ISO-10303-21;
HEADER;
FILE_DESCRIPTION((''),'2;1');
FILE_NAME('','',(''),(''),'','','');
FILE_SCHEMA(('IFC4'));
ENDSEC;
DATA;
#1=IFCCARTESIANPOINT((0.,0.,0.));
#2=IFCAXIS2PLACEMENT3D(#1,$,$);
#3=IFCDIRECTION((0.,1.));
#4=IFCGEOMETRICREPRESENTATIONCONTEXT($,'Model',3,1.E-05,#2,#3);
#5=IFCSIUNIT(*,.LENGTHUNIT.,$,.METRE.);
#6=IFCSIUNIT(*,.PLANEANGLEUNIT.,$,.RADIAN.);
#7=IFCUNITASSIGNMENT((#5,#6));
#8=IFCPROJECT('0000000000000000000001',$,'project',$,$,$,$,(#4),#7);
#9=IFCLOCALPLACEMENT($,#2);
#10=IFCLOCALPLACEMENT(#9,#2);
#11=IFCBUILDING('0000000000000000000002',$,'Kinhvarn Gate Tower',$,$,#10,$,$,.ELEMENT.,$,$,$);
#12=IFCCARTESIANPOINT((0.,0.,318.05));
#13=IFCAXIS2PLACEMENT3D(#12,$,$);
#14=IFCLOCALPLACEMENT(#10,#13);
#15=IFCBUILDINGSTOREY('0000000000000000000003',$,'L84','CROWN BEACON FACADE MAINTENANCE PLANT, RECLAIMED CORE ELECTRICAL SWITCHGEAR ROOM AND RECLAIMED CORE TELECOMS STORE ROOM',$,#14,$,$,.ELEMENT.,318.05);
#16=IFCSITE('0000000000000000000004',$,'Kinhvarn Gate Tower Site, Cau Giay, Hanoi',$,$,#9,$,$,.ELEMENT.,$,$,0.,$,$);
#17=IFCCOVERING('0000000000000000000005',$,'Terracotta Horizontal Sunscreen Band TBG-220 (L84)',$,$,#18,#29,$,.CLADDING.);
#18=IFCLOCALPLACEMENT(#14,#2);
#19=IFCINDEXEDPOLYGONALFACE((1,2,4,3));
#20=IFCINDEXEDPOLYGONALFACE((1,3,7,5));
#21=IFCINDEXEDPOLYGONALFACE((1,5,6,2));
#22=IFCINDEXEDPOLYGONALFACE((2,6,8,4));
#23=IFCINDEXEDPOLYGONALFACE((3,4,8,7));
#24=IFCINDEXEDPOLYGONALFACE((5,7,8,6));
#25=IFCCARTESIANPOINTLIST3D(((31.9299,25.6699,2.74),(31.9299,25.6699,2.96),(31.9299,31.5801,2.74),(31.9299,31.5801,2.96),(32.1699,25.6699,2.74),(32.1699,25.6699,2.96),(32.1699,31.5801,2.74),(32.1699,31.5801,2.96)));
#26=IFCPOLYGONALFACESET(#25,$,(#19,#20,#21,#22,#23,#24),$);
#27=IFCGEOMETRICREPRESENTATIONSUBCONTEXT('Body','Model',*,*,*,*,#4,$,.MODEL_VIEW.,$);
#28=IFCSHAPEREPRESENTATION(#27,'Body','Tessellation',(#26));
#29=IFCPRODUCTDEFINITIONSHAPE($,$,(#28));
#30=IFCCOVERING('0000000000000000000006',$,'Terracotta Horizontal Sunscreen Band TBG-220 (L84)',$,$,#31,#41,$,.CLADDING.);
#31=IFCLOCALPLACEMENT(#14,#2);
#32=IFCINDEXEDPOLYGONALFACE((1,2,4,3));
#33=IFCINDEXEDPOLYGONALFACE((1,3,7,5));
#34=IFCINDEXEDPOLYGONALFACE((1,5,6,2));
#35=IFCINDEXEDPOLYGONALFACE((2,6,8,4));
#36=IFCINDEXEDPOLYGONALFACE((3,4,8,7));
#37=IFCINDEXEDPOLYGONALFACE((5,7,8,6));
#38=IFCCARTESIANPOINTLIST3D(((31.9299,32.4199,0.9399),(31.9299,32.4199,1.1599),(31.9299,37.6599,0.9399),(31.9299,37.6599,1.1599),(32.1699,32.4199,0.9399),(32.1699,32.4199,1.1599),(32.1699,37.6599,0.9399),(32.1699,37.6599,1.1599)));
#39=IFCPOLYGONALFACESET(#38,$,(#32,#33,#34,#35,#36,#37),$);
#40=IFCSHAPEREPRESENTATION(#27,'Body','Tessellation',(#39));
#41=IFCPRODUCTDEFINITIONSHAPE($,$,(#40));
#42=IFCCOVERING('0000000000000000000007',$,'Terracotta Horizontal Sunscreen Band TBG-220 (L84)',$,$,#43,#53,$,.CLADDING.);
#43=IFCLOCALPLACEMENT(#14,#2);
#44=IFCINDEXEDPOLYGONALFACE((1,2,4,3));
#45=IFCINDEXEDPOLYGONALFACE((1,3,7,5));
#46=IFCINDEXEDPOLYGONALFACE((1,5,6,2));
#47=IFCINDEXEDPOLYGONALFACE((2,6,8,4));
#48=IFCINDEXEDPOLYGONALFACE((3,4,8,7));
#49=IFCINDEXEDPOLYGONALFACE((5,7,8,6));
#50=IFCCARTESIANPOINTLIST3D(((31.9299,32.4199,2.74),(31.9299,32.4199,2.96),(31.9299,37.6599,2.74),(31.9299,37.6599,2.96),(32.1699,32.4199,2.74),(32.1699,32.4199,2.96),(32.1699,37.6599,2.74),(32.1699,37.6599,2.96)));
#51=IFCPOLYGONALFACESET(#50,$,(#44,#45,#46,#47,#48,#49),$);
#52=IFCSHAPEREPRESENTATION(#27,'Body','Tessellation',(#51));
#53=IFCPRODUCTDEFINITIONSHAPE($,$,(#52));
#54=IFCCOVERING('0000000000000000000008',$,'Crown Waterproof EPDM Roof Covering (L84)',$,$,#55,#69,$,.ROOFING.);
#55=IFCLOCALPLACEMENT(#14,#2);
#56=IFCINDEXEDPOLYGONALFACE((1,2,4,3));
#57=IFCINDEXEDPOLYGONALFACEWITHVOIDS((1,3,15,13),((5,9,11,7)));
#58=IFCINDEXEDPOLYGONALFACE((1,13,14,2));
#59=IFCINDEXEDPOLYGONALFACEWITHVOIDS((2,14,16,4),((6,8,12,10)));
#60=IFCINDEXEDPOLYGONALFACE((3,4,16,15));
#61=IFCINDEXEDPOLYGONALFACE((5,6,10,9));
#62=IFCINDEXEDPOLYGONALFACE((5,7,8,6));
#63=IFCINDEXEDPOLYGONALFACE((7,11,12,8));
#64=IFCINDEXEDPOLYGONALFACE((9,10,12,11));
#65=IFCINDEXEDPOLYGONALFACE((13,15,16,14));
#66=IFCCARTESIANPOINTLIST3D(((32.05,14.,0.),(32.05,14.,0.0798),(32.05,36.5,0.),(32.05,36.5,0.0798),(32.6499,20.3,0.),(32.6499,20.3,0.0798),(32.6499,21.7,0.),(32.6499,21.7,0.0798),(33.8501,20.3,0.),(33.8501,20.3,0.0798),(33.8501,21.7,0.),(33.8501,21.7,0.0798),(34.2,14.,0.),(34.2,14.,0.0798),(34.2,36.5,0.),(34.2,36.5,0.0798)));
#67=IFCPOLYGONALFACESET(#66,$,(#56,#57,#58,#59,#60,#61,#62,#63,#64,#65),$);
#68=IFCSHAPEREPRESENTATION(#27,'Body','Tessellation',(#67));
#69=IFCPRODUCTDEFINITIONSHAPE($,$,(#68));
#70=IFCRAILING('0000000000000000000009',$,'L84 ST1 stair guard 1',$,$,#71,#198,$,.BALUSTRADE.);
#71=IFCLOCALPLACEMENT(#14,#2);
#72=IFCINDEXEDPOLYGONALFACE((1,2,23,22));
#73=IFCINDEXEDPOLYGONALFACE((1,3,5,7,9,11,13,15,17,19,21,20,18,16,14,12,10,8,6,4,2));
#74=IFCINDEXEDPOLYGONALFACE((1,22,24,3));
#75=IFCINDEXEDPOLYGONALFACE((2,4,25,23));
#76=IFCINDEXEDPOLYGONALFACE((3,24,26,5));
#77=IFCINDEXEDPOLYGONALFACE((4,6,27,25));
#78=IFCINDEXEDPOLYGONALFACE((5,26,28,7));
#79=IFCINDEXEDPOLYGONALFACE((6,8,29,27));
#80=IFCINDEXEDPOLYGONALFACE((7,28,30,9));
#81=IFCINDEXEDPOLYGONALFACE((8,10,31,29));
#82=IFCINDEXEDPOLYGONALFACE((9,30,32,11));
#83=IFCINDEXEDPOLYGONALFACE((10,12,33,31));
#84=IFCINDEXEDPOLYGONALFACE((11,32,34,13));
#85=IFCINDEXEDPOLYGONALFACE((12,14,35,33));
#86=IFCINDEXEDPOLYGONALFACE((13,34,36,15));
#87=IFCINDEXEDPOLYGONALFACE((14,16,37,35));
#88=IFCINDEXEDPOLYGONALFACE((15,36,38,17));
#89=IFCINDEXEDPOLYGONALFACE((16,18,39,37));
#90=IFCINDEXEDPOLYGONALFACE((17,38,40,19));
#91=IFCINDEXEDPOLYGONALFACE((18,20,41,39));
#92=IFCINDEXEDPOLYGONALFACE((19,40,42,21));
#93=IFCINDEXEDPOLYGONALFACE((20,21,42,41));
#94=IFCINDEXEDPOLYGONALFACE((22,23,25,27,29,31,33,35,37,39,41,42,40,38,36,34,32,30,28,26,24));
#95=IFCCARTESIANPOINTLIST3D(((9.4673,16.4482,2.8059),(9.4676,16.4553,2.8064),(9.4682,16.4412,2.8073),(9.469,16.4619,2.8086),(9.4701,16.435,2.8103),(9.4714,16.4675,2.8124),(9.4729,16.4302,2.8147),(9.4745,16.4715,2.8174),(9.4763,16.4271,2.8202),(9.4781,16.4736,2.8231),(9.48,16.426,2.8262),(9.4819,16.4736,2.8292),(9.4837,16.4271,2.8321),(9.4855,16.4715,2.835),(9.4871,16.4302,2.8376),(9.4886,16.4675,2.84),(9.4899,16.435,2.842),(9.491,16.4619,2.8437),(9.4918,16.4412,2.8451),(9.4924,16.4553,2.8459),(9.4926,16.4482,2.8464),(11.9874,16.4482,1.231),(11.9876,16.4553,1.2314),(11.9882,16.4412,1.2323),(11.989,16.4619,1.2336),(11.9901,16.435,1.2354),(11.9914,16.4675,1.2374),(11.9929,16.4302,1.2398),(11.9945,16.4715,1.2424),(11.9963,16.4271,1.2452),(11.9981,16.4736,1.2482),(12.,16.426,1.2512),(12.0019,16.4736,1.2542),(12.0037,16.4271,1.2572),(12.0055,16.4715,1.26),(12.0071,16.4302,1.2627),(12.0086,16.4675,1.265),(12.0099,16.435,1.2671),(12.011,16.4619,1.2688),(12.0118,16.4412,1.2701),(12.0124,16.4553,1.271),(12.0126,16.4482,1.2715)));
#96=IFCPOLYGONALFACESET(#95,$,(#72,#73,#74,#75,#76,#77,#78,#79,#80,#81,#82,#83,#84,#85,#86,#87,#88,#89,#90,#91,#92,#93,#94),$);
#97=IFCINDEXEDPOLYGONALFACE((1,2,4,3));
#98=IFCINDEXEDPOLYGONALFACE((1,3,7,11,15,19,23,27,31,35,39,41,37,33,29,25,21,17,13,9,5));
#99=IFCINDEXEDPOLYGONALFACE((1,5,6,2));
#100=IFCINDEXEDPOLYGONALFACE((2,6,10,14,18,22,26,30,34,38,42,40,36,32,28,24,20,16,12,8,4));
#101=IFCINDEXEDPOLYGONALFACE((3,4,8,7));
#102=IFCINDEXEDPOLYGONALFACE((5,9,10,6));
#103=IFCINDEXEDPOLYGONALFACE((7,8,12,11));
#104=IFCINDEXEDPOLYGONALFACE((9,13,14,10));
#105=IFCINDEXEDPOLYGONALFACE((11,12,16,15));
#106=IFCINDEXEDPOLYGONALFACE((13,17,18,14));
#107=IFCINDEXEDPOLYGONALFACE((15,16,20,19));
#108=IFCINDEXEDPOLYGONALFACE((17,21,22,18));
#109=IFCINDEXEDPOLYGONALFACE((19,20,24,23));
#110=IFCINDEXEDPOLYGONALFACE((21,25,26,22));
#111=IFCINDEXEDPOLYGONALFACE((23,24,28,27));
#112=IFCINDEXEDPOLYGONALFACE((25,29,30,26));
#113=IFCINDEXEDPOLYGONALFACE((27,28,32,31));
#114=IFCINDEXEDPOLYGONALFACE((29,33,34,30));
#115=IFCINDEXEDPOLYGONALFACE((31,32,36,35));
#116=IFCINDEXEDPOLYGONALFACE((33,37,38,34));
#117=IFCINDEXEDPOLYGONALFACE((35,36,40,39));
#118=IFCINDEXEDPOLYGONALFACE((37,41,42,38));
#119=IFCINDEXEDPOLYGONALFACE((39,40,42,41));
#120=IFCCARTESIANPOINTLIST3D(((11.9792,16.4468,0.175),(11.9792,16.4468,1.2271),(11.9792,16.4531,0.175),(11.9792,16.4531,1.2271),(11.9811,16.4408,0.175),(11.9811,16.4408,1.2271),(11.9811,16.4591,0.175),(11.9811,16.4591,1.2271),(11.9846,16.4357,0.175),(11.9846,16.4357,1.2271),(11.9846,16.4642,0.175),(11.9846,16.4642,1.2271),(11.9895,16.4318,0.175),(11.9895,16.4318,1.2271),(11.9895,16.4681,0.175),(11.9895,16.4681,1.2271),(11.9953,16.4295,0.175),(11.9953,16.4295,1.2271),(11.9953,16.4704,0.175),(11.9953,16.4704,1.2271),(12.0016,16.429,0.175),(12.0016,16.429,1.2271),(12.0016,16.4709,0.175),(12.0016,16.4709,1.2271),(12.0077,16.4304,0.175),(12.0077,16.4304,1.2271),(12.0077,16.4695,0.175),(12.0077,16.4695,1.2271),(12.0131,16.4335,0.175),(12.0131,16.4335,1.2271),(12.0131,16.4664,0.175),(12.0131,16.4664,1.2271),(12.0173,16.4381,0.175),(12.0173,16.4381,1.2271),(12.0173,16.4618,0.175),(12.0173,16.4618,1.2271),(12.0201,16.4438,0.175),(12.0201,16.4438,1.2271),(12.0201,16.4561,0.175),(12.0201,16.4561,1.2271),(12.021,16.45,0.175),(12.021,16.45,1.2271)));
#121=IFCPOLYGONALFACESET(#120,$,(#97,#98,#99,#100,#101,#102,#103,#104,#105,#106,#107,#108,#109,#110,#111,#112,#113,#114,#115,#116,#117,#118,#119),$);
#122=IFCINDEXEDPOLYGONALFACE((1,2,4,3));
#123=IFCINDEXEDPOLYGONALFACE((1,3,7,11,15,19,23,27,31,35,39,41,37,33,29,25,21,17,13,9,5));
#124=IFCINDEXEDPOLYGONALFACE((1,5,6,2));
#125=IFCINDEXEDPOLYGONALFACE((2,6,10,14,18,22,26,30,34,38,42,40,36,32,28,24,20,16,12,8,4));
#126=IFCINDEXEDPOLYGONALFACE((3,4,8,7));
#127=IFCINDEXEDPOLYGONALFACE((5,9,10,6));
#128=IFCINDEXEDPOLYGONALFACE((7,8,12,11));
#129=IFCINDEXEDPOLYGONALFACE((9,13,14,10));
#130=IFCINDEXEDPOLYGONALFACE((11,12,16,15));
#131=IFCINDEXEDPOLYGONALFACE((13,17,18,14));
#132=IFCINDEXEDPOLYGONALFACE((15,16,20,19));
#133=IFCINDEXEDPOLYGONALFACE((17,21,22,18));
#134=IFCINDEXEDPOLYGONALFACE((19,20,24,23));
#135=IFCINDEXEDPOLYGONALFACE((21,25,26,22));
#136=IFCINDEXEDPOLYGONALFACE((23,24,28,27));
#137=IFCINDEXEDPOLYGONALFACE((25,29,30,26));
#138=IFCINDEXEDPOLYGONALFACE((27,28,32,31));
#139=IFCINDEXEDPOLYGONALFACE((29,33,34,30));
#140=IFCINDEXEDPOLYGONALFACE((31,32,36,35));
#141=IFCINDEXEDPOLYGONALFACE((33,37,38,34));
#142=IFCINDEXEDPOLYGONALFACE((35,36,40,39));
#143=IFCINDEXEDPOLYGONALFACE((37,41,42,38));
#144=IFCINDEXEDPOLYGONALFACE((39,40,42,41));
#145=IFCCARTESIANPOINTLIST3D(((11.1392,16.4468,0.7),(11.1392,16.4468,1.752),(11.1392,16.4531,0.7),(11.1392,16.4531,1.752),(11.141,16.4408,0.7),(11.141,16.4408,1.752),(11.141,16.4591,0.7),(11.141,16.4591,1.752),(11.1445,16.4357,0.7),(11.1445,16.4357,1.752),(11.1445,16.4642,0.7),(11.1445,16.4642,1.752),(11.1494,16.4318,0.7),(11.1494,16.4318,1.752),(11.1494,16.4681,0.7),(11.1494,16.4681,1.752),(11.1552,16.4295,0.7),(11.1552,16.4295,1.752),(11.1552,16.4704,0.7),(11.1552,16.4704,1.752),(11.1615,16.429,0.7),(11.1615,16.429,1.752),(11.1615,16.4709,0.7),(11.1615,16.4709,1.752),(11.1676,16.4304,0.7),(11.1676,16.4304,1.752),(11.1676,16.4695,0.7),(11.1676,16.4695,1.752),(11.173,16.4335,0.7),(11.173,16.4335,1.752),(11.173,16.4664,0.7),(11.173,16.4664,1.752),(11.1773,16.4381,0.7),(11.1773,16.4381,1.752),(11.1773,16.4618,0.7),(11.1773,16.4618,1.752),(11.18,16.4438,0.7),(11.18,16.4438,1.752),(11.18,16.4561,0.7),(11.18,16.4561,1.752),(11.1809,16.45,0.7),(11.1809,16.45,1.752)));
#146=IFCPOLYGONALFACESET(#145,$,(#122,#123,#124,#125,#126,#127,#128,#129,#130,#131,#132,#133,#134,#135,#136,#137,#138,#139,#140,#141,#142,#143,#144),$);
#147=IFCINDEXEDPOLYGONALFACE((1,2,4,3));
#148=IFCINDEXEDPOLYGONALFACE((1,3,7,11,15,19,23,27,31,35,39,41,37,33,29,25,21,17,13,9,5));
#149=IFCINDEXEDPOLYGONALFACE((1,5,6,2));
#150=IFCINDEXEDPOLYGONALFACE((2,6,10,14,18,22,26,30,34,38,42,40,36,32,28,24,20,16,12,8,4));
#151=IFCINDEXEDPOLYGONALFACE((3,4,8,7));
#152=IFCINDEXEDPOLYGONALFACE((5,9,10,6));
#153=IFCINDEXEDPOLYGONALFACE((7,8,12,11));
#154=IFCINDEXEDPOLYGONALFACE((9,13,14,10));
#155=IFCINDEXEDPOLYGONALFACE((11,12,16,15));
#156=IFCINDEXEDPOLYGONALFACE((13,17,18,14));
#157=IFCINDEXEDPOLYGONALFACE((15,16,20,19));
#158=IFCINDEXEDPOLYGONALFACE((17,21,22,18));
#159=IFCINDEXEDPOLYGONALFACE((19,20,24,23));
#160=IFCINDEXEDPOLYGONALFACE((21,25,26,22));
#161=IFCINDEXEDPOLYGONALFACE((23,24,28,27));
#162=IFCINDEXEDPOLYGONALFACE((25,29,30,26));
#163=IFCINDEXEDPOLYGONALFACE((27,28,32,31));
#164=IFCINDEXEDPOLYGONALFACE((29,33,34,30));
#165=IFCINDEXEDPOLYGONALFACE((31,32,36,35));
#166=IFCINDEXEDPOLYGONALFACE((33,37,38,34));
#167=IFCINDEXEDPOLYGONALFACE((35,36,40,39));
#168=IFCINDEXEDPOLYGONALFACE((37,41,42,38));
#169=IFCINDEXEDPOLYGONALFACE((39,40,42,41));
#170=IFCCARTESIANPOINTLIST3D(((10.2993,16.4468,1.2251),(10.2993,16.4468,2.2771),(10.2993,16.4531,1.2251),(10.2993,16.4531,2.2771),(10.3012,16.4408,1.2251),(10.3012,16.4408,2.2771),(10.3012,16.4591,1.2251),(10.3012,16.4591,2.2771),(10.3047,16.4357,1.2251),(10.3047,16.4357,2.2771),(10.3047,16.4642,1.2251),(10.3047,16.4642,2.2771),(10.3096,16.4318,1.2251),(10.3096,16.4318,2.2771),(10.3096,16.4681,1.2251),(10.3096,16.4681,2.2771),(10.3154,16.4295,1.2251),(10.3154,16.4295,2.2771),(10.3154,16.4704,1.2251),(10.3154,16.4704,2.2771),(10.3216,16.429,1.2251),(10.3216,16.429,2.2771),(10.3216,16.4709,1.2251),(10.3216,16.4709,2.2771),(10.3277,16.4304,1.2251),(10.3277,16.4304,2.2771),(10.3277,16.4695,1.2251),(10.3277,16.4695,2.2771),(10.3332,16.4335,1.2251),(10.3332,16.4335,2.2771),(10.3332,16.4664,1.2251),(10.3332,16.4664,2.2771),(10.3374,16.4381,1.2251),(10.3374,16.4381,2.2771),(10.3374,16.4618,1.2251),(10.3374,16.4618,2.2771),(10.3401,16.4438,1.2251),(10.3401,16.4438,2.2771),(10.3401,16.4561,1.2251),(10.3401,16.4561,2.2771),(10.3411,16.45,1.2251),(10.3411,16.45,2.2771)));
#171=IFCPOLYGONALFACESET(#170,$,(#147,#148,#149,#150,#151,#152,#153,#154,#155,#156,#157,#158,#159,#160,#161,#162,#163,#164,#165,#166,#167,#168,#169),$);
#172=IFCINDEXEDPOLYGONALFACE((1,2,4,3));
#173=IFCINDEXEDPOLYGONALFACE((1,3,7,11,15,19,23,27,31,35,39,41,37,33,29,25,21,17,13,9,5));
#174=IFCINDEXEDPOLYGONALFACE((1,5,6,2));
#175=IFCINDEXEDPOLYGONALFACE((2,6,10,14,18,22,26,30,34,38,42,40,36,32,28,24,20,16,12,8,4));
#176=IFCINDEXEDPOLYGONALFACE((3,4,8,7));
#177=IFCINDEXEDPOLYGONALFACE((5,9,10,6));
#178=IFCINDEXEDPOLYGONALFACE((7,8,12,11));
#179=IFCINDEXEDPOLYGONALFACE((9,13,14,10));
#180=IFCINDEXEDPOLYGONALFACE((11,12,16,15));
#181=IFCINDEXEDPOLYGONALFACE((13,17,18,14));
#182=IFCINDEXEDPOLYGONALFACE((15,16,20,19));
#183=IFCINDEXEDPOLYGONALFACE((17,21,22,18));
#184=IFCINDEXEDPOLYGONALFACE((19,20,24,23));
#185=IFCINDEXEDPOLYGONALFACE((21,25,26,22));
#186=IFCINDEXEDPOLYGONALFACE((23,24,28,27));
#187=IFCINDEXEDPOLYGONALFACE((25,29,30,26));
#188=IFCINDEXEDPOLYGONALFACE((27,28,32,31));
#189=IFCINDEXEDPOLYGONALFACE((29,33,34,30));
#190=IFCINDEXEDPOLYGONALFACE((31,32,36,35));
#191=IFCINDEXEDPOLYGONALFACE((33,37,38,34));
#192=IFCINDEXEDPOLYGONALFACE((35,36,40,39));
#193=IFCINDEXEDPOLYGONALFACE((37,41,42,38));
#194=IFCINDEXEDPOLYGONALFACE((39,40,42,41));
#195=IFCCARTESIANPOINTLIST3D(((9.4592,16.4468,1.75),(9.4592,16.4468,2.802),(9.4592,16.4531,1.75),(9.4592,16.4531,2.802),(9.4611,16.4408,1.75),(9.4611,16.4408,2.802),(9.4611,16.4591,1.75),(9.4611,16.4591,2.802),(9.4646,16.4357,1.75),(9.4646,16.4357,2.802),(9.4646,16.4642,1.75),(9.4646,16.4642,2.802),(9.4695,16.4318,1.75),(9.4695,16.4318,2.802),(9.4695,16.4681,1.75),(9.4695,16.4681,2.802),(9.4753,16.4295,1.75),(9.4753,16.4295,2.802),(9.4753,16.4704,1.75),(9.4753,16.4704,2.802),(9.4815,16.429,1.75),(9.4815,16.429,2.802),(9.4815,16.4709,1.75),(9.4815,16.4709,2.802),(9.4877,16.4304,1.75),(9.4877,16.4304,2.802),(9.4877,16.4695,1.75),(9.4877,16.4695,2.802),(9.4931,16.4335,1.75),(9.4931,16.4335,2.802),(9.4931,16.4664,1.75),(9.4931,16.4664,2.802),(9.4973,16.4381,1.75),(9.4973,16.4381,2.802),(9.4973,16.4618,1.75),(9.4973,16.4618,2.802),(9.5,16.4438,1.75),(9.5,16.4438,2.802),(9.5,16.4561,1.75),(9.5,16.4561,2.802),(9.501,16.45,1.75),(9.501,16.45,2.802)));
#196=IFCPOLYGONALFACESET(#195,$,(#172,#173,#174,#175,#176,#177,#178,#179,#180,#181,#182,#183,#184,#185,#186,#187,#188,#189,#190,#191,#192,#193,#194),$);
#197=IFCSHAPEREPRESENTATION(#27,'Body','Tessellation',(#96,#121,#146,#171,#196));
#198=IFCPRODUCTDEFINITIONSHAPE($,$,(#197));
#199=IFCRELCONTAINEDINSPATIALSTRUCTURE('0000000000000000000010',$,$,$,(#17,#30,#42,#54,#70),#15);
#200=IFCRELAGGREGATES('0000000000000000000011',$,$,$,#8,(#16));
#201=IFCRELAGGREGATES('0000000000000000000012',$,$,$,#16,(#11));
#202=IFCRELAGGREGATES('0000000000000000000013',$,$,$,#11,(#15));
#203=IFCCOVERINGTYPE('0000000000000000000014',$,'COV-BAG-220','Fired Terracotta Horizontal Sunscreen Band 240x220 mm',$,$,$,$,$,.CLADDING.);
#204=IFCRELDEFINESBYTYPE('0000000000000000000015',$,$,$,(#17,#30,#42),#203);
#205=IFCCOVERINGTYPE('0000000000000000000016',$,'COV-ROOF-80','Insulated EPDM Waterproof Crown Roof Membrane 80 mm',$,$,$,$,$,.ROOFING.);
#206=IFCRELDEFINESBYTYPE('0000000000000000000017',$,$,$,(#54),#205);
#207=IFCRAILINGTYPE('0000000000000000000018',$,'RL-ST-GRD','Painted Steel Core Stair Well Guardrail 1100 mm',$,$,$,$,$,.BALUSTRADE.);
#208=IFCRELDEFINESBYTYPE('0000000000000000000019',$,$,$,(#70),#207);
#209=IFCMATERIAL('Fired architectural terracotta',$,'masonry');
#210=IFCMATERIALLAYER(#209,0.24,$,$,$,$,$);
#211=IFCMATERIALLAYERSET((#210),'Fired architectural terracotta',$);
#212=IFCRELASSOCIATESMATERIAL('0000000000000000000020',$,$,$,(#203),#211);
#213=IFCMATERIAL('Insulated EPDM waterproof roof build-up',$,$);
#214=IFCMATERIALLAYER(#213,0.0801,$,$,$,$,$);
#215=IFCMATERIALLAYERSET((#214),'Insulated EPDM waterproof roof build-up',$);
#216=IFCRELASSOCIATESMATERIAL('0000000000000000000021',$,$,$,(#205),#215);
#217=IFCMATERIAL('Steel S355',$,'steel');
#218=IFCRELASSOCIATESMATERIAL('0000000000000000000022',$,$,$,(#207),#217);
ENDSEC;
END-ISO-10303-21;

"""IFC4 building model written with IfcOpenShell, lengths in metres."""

from ifc_helpers import new_model, si_unit, direction, frame, origin, origin_2d, place, context, subcontext, project, spatial, polyline, circle, outline, extrude, material, layer, layer_set, type_object, element, save


model = new_model("IFC4")

# Units and contexts
model_context = context("Model", 3, precision=1e-05, world=origin(), true_north=direction((0.0, 1.0)))
body_context = subcontext(model_context, "Body", "Model", "MODEL_VIEW")
ifc_project = project(units=[si_unit("LENGTHUNIT", "METRE"), si_unit("PLANEANGLEUNIT", "RADIAN")], contexts=[model_context])

# Site, building, storey
site_placement = place(None, origin())
site = spatial("IfcSite", under=ifc_project, at=site_placement, Name="Kinhvarn Gate Tower Site, Cau Giay, Hanoi", CompositionType="ELEMENT", RefElevation=0.0)
building_placement = place(site_placement, origin())
building = spatial("IfcBuilding", under=site, at=building_placement, Name="Kinhvarn Gate Tower", CompositionType="ELEMENT")
storey_placement = place(building_placement, frame((0.0, 0.0, 318.05)))
storey = spatial("IfcBuildingStorey", under=building, at=storey_placement, Name="L84", Description="CROWN BEACON FACADE MAINTENANCE PLANT, RECLAIMED CORE ELECTRICAL SWITCHGEAR ROOM AND RECLAIMED CORE TELECOMS STORE ROOM", CompositionType="ELEMENT", Elevation=318.05)

# Shared definitions
ifc_material_1 = material(Name="Fired architectural terracotta", Category="masonry")

# Coverings
ifc_layer_1 = layer(ifc_material_1, 0.24)
ifc_layer_set_1 = layer_set([ifc_layer_1], Name="Fired architectural terracotta")
covering_type_1 = type_object("IfcCoveringType", Name="COV-BAG-220", Description="Fired Terracotta Horizontal Sunscreen Band 240x220 mm", PredefinedType="CLADDING", material=ifc_layer_set_1)
for number, where, name in (
    (1, (0.0, 0.0, 2.74), "Terracotta Horizontal Sunscreen Band TBG-220 (L84)"),
):
    element("IfcCovering", number, at=place(storey_placement, frame(where)), inside=storey, type_object=covering_type_1, Name=name, PredefinedType="CLADDING", context=body_context, shape_type="SweptSolid", body=[
        extrude(outline(polyline([(31.9299, 25.6699), (31.9299, 31.5801), (32.1699, 31.5801), (32.1699, 25.6699), (31.9299, 25.6699)])), origin(), (0.0, 0.0, 1.0), 0.22),
    ])
for number, where, name in (
    (2, (0.0, 0.0, 0.9399), "Terracotta Horizontal Sunscreen Band TBG-220 (L84)"),
    (3, (0.0, 0.0, 2.74), "Terracotta Horizontal Sunscreen Band TBG-220 (L84)"),
):
    element("IfcCovering", number, at=place(storey_placement, frame(where)), inside=storey, type_object=covering_type_1, Name=name, PredefinedType="CLADDING", context=body_context, shape_type="SweptSolid", body=[
        extrude(outline(polyline([(31.9299, 32.4199), (31.9299, 37.6599), (32.1699, 37.6599), (32.1699, 32.4199), (31.9299, 32.4199)])), origin(), (0.0, 0.0, 1.0), 0.22),
    ])
ifc_material_2 = material(Name="Insulated EPDM waterproof roof build-up")
ifc_layer_2 = layer(ifc_material_2, 0.0801)
ifc_layer_set_2 = layer_set([ifc_layer_2], Name="Insulated EPDM waterproof roof build-up")
covering_type_2 = type_object("IfcCoveringType", Name="COV-ROOF-80", Description="Insulated EPDM Waterproof Crown Roof Membrane 80 mm", PredefinedType="ROOFING", material=ifc_layer_set_2)
covering_placement = place(storey_placement, origin())
element("IfcCovering", 4, at=covering_placement, inside=storey, type_object=covering_type_2, Name="Crown Waterproof EPDM Roof Covering (L84)", PredefinedType="ROOFING", context=body_context, shape_type="SweptSolid", body=[
    extrude(outline(polyline([(32.05, 14.0), (32.05, 36.5), (34.2, 36.5), (34.2, 14.0), (32.05, 14.0)]), holes=[polyline([(33.8501, 21.7), (32.6499, 21.7), (32.6499, 20.3), (33.8501, 20.3), (33.8501, 21.7)])]), origin(), (0.0, 0.0, 1.0), 0.0798),
])

# Railing
ifc_material_3 = material(Name="Steel S355", Category="steel")
railing_type_1 = type_object("IfcRailingType", Name="RL-ST-GRD", Description="Painted Steel Core Stair Well Guardrail 1100 mm", PredefinedType="BALUSTRADE", material=ifc_material_3)
railing_1_placement = place(storey_placement, frame((12.0, 16.45, 0.175)))
element("IfcRailing", 5, at=railing_1_placement, inside=storey, type_object=railing_type_1, Name="L84 ST1 stair guard 1", PredefinedType="BALUSTRADE", context=body_context, shape_type="SweptSolid", body=[
    extrude(circle(Radius=0.0239, at=origin_2d()), frame((0.0, 0.0, 1.0762), z_axis=(-0.848008, 0.0, 0.529984), x_axis=(0.0, -1.0, 0.0)), (0.0, 0.0, 1.0), 2.9717),
    extrude(circle(Radius=0.021, at=origin_2d()), origin(), (0.0, 0.0, 1.0), 1.052),
    extrude(circle(Radius=0.021, at=origin_2d()), frame((-0.8401, 0.0, 0.5249)), (0.0, 0.0, 1.0), 1.052),
    extrude(circle(Radius=0.021, at=origin_2d()), frame((-1.6799, 0.0, 1.05)), (0.0, 0.0, 1.0), 1.052),
    extrude(circle(Radius=0.021, at=origin_2d()), frame((-2.52, 0.0, 1.575)), (0.0, 0.0, 1.0), 1.052),
])

save(model, "model.ifc")
